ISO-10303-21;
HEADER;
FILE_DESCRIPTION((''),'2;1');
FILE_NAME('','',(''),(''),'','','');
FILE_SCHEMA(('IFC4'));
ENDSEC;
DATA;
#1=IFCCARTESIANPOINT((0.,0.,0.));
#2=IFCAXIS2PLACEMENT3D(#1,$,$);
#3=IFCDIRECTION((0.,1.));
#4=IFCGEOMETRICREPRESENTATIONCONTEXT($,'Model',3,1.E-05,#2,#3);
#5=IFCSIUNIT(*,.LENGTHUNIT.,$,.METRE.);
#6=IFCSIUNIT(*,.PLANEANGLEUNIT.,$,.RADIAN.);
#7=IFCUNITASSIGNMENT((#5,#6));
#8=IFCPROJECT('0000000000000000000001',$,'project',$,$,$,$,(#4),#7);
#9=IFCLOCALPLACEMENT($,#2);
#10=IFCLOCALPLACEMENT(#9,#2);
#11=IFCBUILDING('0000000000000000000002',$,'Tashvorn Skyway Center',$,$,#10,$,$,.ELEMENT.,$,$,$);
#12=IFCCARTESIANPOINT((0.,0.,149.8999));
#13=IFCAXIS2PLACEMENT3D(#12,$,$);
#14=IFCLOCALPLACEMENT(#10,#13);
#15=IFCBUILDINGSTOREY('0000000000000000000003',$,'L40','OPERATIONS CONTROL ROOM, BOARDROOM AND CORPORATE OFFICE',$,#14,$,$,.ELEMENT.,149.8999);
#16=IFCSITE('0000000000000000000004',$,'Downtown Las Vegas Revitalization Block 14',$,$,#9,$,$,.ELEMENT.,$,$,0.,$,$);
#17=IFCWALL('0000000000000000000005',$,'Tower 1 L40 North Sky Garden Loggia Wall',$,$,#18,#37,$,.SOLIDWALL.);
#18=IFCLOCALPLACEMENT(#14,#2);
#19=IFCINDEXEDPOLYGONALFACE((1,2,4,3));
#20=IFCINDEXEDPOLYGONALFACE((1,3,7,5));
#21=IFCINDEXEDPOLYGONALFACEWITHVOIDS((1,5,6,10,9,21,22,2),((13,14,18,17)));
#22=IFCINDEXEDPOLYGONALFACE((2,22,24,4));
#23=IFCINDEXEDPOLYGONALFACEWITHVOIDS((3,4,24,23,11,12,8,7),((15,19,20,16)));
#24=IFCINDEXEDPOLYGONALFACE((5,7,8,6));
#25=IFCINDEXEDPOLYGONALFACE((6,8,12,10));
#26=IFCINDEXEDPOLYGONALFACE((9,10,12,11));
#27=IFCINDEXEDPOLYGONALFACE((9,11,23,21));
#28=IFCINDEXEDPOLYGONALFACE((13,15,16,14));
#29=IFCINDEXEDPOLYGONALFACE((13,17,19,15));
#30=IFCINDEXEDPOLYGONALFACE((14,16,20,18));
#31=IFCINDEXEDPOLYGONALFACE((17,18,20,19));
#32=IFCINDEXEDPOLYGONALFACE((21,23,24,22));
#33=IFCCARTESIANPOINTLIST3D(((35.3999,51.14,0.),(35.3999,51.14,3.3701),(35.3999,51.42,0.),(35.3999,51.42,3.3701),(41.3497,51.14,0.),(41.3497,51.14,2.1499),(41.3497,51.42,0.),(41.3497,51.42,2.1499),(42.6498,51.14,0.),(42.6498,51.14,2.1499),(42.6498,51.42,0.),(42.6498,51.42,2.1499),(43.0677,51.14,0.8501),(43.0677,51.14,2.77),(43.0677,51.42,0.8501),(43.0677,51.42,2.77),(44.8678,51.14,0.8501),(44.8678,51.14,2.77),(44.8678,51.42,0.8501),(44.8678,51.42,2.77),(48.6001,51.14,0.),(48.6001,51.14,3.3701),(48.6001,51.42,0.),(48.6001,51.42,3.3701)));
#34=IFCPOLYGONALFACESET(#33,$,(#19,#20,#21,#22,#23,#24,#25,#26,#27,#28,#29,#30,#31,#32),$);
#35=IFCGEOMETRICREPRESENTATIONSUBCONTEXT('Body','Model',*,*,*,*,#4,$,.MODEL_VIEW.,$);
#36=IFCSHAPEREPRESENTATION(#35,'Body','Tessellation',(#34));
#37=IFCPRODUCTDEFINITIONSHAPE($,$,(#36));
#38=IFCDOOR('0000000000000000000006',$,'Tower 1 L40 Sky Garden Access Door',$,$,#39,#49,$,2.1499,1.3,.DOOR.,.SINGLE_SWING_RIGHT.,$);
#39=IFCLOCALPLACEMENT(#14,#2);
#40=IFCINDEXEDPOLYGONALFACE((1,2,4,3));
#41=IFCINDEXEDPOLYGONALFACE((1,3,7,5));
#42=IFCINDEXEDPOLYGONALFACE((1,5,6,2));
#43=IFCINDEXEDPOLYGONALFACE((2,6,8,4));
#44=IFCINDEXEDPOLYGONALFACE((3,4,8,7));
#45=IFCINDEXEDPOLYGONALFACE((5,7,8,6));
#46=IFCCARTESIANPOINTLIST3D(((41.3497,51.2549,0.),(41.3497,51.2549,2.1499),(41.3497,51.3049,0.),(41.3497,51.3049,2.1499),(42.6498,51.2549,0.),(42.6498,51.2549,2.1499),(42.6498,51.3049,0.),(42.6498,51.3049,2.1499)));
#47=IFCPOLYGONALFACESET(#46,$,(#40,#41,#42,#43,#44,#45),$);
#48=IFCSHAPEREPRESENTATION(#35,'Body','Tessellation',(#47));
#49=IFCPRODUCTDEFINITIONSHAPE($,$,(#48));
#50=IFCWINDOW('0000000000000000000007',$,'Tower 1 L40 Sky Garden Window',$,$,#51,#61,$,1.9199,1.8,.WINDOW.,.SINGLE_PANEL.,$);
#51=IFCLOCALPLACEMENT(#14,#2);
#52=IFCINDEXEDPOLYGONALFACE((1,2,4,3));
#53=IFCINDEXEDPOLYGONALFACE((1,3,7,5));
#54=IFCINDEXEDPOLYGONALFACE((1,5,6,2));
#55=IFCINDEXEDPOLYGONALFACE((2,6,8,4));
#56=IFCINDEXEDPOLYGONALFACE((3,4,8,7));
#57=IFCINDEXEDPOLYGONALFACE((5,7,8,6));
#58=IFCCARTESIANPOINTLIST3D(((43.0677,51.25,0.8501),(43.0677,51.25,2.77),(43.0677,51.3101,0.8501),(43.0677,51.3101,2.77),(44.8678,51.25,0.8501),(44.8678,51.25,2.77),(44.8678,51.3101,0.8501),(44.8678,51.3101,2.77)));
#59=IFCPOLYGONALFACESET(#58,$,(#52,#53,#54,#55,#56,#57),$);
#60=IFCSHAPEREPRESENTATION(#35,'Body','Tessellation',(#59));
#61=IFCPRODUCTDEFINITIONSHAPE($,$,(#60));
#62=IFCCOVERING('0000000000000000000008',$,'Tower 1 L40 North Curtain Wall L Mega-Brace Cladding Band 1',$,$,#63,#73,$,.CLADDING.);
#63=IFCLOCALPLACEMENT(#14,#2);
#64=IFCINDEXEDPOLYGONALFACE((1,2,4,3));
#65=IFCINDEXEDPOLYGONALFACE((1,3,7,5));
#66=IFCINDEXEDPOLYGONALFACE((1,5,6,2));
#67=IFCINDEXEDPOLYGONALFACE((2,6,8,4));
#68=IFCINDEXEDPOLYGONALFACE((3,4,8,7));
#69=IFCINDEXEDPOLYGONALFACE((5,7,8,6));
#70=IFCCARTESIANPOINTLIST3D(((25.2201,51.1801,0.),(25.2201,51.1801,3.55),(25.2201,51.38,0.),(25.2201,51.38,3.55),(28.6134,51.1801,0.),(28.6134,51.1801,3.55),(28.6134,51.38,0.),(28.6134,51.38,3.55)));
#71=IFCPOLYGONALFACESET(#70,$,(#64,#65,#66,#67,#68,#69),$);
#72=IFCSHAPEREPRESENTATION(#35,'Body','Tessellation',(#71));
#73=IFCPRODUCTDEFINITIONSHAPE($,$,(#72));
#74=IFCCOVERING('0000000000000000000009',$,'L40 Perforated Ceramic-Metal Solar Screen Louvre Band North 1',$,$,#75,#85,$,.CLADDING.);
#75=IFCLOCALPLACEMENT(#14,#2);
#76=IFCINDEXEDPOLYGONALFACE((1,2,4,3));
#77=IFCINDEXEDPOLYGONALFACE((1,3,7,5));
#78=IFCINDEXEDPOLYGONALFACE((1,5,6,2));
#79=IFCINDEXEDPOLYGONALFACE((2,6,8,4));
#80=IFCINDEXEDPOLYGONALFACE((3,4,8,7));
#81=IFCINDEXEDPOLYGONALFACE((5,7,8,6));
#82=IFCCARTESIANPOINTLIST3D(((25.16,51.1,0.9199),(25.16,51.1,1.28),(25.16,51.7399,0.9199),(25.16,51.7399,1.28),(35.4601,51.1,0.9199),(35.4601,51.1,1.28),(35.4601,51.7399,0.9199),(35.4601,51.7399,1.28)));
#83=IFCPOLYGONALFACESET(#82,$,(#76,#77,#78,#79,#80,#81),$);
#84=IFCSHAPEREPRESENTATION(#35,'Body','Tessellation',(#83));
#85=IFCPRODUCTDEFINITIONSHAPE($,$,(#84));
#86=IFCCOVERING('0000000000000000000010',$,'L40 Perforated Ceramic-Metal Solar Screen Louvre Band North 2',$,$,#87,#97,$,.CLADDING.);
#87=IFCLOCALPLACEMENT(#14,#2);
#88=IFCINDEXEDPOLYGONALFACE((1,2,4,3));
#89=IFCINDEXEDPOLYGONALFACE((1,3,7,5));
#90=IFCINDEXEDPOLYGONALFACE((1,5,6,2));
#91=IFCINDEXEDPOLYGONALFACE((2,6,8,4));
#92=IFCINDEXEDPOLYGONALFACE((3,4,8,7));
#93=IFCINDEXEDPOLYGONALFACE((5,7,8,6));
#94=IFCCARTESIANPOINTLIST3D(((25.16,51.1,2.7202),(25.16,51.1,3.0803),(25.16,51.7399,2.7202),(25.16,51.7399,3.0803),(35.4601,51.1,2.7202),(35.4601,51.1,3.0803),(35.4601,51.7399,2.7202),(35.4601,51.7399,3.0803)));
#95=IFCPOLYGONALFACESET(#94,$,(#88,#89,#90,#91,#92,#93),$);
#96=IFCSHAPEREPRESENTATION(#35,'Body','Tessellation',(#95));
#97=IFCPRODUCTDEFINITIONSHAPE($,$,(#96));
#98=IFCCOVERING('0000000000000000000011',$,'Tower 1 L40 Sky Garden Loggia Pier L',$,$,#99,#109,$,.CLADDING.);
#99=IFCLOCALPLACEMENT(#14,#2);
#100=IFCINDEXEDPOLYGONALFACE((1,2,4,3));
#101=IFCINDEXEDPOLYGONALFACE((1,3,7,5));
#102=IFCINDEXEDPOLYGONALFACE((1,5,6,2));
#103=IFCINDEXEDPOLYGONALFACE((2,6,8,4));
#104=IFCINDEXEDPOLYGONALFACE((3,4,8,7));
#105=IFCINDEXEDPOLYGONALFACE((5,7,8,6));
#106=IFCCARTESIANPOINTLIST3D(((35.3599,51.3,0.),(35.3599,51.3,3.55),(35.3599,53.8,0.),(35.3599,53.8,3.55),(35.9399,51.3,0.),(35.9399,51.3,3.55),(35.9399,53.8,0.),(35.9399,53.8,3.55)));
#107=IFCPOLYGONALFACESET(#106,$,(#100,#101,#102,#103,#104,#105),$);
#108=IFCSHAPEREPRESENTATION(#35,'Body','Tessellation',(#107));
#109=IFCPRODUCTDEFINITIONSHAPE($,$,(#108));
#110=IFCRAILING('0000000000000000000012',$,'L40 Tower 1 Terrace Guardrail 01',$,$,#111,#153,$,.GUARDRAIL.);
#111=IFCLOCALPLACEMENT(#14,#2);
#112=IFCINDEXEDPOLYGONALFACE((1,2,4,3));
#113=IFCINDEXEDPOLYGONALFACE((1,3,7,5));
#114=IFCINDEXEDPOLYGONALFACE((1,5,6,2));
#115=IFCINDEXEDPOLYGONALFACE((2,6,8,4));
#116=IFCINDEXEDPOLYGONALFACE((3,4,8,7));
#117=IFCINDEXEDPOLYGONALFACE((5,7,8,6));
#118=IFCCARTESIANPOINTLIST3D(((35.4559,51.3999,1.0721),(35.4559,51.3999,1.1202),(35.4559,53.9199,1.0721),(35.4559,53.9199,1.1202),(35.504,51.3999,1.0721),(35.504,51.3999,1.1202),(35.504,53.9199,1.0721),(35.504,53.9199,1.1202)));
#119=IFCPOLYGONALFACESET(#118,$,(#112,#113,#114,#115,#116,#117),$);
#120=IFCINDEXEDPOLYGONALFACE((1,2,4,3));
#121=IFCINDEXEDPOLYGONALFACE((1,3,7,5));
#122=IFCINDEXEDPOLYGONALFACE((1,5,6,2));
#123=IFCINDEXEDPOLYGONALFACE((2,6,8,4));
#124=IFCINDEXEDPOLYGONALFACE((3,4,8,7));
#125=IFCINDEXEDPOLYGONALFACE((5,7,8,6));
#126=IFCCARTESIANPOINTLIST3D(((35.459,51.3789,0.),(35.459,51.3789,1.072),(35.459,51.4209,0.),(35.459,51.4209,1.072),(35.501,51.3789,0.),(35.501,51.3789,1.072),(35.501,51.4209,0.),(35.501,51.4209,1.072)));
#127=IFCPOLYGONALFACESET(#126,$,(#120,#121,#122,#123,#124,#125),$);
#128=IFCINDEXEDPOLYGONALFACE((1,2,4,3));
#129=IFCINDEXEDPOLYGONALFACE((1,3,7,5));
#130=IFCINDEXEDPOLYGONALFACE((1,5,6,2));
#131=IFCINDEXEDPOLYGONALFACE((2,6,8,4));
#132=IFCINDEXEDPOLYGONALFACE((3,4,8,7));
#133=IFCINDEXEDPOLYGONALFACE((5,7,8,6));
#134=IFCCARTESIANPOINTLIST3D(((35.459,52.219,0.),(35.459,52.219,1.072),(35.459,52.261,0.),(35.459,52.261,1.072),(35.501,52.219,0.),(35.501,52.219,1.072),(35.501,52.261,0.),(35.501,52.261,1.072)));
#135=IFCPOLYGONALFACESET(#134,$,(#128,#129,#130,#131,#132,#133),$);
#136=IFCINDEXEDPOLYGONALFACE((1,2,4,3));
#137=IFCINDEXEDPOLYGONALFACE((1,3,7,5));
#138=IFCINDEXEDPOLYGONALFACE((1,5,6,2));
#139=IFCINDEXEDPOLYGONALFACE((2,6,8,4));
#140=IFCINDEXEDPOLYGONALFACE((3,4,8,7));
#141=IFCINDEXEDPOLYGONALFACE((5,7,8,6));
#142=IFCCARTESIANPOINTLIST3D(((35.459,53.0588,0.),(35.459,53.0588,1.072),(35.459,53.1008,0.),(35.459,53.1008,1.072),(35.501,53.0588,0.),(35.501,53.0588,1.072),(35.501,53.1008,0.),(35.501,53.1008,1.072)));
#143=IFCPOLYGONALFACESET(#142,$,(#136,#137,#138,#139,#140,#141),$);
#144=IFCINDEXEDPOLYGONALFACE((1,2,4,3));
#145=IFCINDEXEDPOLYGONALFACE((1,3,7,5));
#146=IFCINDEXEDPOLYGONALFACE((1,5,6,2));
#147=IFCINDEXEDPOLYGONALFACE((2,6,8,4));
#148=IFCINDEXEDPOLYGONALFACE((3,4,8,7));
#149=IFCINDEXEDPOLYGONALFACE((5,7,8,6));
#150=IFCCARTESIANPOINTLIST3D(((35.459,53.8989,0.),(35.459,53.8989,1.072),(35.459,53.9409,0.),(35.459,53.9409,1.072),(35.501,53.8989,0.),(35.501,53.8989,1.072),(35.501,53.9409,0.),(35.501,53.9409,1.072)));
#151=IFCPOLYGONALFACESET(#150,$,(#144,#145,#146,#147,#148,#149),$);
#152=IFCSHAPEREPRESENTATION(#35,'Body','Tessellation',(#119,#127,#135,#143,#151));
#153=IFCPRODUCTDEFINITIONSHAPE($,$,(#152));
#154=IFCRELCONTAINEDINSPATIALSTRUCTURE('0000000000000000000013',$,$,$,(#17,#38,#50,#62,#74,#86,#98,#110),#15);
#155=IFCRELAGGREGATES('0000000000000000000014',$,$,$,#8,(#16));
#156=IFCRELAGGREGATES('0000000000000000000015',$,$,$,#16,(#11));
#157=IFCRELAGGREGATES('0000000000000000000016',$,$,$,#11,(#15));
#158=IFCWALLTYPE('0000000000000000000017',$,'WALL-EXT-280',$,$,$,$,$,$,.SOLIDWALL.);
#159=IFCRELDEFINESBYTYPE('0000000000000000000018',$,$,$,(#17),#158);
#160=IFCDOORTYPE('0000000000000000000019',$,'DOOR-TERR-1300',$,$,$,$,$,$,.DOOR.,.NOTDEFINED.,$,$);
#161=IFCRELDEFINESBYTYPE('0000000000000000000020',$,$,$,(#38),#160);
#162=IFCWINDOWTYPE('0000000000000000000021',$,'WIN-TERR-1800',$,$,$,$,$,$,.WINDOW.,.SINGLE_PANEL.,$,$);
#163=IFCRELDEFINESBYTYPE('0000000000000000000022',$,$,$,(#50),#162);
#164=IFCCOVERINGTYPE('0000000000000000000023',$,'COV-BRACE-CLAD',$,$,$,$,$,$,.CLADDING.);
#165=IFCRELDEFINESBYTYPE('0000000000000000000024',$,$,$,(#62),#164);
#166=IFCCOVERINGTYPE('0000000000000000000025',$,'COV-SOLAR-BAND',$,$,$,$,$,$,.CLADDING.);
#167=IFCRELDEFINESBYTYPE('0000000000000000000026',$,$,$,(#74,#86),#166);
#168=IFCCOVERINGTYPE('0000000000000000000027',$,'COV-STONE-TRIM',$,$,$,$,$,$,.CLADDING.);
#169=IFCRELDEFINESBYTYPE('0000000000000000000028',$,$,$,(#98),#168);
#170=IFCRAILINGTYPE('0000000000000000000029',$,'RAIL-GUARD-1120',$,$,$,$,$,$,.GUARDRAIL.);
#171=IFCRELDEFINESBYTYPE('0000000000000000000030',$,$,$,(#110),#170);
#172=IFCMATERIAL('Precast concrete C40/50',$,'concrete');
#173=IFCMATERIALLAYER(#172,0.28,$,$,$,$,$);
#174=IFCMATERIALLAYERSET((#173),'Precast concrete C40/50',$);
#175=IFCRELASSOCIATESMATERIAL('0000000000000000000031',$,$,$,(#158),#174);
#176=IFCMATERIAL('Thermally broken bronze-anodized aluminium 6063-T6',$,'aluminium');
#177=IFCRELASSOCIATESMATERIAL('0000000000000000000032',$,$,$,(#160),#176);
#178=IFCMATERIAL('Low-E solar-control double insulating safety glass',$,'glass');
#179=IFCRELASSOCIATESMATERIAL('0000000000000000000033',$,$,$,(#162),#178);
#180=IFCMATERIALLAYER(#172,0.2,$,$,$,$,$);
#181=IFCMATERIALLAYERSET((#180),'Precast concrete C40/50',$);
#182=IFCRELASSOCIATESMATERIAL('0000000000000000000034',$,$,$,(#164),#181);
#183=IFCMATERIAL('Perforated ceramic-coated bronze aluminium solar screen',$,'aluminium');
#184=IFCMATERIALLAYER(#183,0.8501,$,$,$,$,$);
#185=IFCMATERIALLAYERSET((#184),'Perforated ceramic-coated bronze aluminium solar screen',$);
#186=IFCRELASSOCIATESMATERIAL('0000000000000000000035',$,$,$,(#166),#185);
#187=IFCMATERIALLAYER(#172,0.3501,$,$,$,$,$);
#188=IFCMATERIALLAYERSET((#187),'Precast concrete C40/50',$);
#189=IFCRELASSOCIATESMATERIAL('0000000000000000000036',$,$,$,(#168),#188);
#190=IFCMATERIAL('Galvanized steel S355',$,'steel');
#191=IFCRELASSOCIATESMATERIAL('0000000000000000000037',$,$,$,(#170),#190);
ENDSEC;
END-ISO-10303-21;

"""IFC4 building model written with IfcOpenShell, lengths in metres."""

from ifc_helpers import new_model, si_unit, direction, frame, frame_2d, origin, origin_2d, place, context, subcontext, project, spatial, rectangle, extrude, material, layer, layer_set, type_object, element, fill, save


model = new_model("IFC4")

# Units and contexts
model_context = context("Model", 3, precision=1e-05, world=origin(), true_north=direction((0.0, 1.0)))
body_context = subcontext(model_context, "Body", "Model", "MODEL_VIEW")
ifc_project = project(units=[si_unit("LENGTHUNIT", "METRE"), si_unit("PLANEANGLEUNIT", "RADIAN")], contexts=[model_context])

# Site, building, storey
site_placement = place(None, origin())
site = spatial("IfcSite", under=ifc_project, at=site_placement, Name="Downtown Las Vegas Revitalization Block 14", CompositionType="ELEMENT", RefElevation=0.0)
building_placement = place(site_placement, origin())
building = spatial("IfcBuilding", under=site, at=building_placement, Name="Tashvorn Skyway Center", CompositionType="ELEMENT")
storey_placement = place(building_placement, frame((0.0, 0.0, 149.8999)))
storey = spatial("IfcBuildingStorey", under=building, at=storey_placement, Name="L40", Description="OPERATIONS CONTROL ROOM, BOARDROOM AND CORPORATE OFFICE", CompositionType="ELEMENT", Elevation=149.8999)

# Shared definitions
ifc_material_1 = material(Name="Thermally broken bronze-anodized aluminium 6063-T6", Category="aluminium")
ifc_material_2 = material(Name="Low-E solar-control double insulating safety glass", Category="glass")

# Wall, openings, door, window
ifc_material_3 = material(Name="Precast concrete C40/50", Category="concrete")
ifc_layer_1 = layer(ifc_material_3, 0.28)
ifc_layer_set_1 = layer_set([ifc_layer_1], Name="Precast concrete C40/50")
wall_type = type_object("IfcWallType", Name="WALL-EXT-280", PredefinedType="SOLIDWALL", material=ifc_layer_set_1)
wall_placement = place(storey_placement, frame((35.3999, 51.28, 0.0), z_axis=(0.0, 0.0, 1.0), x_axis=(1.0, 0.0, 0.0)))
wall = element("IfcWall", 1, at=wall_placement, inside=storey, type_object=wall_type, Name="Tower 1 L40 North Sky Garden Loggia Wall", PredefinedType="SOLIDWALL", context=body_context, shape_type="SweptSolid", body=[
    extrude(rectangle(XDim=13.2002, YDim=0.28, at=frame_2d((6.6001, 0.0))), origin(), (0.0, 0.0, 1.0), 3.3701),
])
opening_1_placement = place(wall_placement, frame((5.95, 0.0, 0.0)))
opening_1 = element("IfcOpeningElement", 2, at=opening_1_placement, cuts=wall, PredefinedType="OPENING", context=body_context, shape_type="SweptSolid", body=[
    extrude(rectangle(XDim=1.3, YDim=2.1499, at=frame_2d((0.6499, 1.075))), frame((0.0, 0.1499, 0.0), z_axis=(0.0, -1.0, 0.0), x_axis=(1.0, 0.0, 0.0)), (0.0, 0.0, 1.0), 0.3),
])
opening_2_placement = place(wall_placement, frame((7.668, 0.0, 0.8501)))
opening_2 = element("IfcOpeningElement", 3, at=opening_2_placement, cuts=wall, PredefinedType="OPENING", context=body_context, shape_type="SweptSolid", body=[
    extrude(rectangle(XDim=1.8, YDim=1.9199, at=frame_2d((0.8999, 0.96))), frame((0.0, 0.1499, 0.0), z_axis=(0.0, -1.0, 0.0), x_axis=(1.0, 0.0, 0.0)), (0.0, 0.0, 1.0), 0.3),
])
door_type = type_object("IfcDoorType", Name="DOOR-TERR-1300", OperationType="NOTDEFINED", PredefinedType="DOOR", material=ifc_material_1)
door_placement = place(opening_1_placement, origin())
door = element("IfcDoor", 4, at=door_placement, inside=storey, type_object=door_type, Name="Tower 1 L40 Sky Garden Access Door", OperationType="SINGLE_SWING_RIGHT", OverallHeight=2.1499, OverallWidth=1.3, PredefinedType="DOOR", context=body_context, shape_type="SweptSolid", body=[
    extrude(rectangle(XDim=1.3, YDim=2.1499, at=frame_2d((0.6499, 1.075))), frame((0.0, 0.0249, 0.0), z_axis=(0.0, -1.0, 0.0), x_axis=(1.0, 0.0, 0.0)), (0.0, 0.0, 1.0), 0.05),
])
fill(opening_1, door)
window_type = type_object("IfcWindowType", Name="WIN-TERR-1800", PartitioningType="SINGLE_PANEL", PredefinedType="WINDOW", material=ifc_material_2)
window_placement = place(opening_2_placement, origin())
window = element("IfcWindow", 5, at=window_placement, inside=storey, type_object=window_type, Name="Tower 1 L40 Sky Garden Window", OverallHeight=1.9199, OverallWidth=1.8, PartitioningType="SINGLE_PANEL", PredefinedType="WINDOW", context=body_context, shape_type="SweptSolid", body=[
    extrude(rectangle(XDim=1.8, YDim=1.9199, at=frame_2d((0.8999, 0.96))), frame((0.0, 0.03, 0.0), z_axis=(0.0, -1.0, 0.0), x_axis=(1.0, 0.0, 0.0)), (0.0, 0.0, 1.0), 0.0601),
])
fill(opening_2, window)

# Coverings
ifc_layer_2 = layer(ifc_material_3, 0.2)
ifc_layer_set_2 = layer_set([ifc_layer_2], Name="Precast concrete C40/50")
covering_type_1 = type_object("IfcCoveringType", Name="COV-BRACE-CLAD", PredefinedType="CLADDING", material=ifc_layer_set_2)
covering_1_placement = place(storey_placement, frame((26.9167, 51.28, 0.0), z_axis=(0.0, 0.0, 1.0), x_axis=(1.0, 0.0, 0.0)))
element("IfcCovering", 6, at=covering_1_placement, inside=storey, type_object=covering_type_1, Name="Tower 1 L40 North Curtain Wall L Mega-Brace Cladding Band 1", PredefinedType="CLADDING", context=body_context, shape_type="SweptSolid", body=[
    extrude(rectangle(XDim=3.3933, YDim=0.2, at=origin_2d()), origin(), (0.0, 0.0, 1.0), 3.55),
])
ifc_material_4 = material(Name="Perforated ceramic-coated bronze aluminium solar screen", Category="aluminium")
ifc_layer_3 = layer(ifc_material_4, 0.8501)
ifc_layer_set_3 = layer_set([ifc_layer_3], Name="Perforated ceramic-coated bronze aluminium solar screen")
covering_type_2 = type_object("IfcCoveringType", Name="COV-SOLAR-BAND", PredefinedType="CLADDING", material=ifc_layer_set_3)
for number, where, z_axis, x_axis, name in (
    (7, (30.3101, 51.4199, 0.9199), (0.0, 0.0, 1.0), (1.0, 0.0, 0.0), "L40 Perforated Ceramic-Metal Solar Screen Louvre Band North 1"),
    (8, (30.3101, 51.4199, 2.7202), (0.0, 0.0, 1.0), (1.0, 0.0, 0.0), "L40 Perforated Ceramic-Metal Solar Screen Louvre Band North 2"),
):
    element("IfcCovering", number, at=place(storey_placement, frame(where, z_axis=z_axis, x_axis=x_axis)), inside=storey, type_object=covering_type_2, Name=name, PredefinedType="CLADDING", context=body_context, shape_type="SweptSolid", body=[
        extrude(rectangle(XDim=10.3, YDim=0.6399, at=origin_2d()), origin(), (0.0, 0.0, 1.0), 0.3601),
    ])
ifc_layer_4 = layer(ifc_material_3, 0.3501)
ifc_layer_set_4 = layer_set([ifc_layer_4], Name="Precast concrete C40/50")
covering_type_3 = type_object("IfcCoveringType", Name="COV-STONE-TRIM", PredefinedType="CLADDING", material=ifc_layer_set_4)
covering_2_placement = place(storey_placement, frame((35.6499, 52.55, 0.0), z_axis=(0.0, 0.0, 1.0), x_axis=(1.0, 0.0, 0.0)))
element("IfcCovering", 9, at=covering_2_placement, inside=storey, type_object=covering_type_3, Name="Tower 1 L40 Sky Garden Loggia Pier L", PredefinedType="CLADDING", context=body_context, shape_type="SweptSolid", body=[
    extrude(rectangle(XDim=0.5801, YDim=2.5, at=origin_2d()), origin(), (0.0, 0.0, 1.0), 3.55),
])

# Railing
ifc_material_5 = material(Name="Galvanized steel S355", Category="steel")
railing_type = type_object("IfcRailingType", Name="RAIL-GUARD-1120", PredefinedType="GUARDRAIL", material=ifc_material_5)
railing_1_placement = place(storey_placement, frame((35.48, 51.3999, 0.0)))
element("IfcRailing", 10, at=railing_1_placement, inside=storey, type_object=railing_type, Name="L40 Tower 1 Terrace Guardrail 01", PredefinedType="GUARDRAIL", context=body_context, shape_type="SweptSolid", body=[
    extrude(rectangle(XDim=0.0481, YDim=0.0481, at=origin_2d()), frame((0.0, 0.0, 1.0962), z_axis=(0.0, 1.0, 0.0), x_axis=(-1.0, 0.0, 0.0)), (0.0, 0.0, 1.0), 2.52),
    extrude(rectangle(XDim=0.042, YDim=0.042, at=origin_2d()), origin(), (0.0, 0.0, 1.0), 1.072),
    extrude(rectangle(XDim=0.042, YDim=0.042, at=origin_2d()), frame((0.0, 0.8401, 0.0)), (0.0, 0.0, 1.0), 1.072),
    extrude(rectangle(XDim=0.042, YDim=0.042, at=origin_2d()), frame((0.0, 1.6799, 0.0)), (0.0, 0.0, 1.0), 1.072),
    extrude(rectangle(XDim=0.042, YDim=0.042, at=origin_2d()), frame((0.0, 2.52, 0.0)), (0.0, 0.0, 1.0), 1.072),
])

save(model, "model.ifc")
